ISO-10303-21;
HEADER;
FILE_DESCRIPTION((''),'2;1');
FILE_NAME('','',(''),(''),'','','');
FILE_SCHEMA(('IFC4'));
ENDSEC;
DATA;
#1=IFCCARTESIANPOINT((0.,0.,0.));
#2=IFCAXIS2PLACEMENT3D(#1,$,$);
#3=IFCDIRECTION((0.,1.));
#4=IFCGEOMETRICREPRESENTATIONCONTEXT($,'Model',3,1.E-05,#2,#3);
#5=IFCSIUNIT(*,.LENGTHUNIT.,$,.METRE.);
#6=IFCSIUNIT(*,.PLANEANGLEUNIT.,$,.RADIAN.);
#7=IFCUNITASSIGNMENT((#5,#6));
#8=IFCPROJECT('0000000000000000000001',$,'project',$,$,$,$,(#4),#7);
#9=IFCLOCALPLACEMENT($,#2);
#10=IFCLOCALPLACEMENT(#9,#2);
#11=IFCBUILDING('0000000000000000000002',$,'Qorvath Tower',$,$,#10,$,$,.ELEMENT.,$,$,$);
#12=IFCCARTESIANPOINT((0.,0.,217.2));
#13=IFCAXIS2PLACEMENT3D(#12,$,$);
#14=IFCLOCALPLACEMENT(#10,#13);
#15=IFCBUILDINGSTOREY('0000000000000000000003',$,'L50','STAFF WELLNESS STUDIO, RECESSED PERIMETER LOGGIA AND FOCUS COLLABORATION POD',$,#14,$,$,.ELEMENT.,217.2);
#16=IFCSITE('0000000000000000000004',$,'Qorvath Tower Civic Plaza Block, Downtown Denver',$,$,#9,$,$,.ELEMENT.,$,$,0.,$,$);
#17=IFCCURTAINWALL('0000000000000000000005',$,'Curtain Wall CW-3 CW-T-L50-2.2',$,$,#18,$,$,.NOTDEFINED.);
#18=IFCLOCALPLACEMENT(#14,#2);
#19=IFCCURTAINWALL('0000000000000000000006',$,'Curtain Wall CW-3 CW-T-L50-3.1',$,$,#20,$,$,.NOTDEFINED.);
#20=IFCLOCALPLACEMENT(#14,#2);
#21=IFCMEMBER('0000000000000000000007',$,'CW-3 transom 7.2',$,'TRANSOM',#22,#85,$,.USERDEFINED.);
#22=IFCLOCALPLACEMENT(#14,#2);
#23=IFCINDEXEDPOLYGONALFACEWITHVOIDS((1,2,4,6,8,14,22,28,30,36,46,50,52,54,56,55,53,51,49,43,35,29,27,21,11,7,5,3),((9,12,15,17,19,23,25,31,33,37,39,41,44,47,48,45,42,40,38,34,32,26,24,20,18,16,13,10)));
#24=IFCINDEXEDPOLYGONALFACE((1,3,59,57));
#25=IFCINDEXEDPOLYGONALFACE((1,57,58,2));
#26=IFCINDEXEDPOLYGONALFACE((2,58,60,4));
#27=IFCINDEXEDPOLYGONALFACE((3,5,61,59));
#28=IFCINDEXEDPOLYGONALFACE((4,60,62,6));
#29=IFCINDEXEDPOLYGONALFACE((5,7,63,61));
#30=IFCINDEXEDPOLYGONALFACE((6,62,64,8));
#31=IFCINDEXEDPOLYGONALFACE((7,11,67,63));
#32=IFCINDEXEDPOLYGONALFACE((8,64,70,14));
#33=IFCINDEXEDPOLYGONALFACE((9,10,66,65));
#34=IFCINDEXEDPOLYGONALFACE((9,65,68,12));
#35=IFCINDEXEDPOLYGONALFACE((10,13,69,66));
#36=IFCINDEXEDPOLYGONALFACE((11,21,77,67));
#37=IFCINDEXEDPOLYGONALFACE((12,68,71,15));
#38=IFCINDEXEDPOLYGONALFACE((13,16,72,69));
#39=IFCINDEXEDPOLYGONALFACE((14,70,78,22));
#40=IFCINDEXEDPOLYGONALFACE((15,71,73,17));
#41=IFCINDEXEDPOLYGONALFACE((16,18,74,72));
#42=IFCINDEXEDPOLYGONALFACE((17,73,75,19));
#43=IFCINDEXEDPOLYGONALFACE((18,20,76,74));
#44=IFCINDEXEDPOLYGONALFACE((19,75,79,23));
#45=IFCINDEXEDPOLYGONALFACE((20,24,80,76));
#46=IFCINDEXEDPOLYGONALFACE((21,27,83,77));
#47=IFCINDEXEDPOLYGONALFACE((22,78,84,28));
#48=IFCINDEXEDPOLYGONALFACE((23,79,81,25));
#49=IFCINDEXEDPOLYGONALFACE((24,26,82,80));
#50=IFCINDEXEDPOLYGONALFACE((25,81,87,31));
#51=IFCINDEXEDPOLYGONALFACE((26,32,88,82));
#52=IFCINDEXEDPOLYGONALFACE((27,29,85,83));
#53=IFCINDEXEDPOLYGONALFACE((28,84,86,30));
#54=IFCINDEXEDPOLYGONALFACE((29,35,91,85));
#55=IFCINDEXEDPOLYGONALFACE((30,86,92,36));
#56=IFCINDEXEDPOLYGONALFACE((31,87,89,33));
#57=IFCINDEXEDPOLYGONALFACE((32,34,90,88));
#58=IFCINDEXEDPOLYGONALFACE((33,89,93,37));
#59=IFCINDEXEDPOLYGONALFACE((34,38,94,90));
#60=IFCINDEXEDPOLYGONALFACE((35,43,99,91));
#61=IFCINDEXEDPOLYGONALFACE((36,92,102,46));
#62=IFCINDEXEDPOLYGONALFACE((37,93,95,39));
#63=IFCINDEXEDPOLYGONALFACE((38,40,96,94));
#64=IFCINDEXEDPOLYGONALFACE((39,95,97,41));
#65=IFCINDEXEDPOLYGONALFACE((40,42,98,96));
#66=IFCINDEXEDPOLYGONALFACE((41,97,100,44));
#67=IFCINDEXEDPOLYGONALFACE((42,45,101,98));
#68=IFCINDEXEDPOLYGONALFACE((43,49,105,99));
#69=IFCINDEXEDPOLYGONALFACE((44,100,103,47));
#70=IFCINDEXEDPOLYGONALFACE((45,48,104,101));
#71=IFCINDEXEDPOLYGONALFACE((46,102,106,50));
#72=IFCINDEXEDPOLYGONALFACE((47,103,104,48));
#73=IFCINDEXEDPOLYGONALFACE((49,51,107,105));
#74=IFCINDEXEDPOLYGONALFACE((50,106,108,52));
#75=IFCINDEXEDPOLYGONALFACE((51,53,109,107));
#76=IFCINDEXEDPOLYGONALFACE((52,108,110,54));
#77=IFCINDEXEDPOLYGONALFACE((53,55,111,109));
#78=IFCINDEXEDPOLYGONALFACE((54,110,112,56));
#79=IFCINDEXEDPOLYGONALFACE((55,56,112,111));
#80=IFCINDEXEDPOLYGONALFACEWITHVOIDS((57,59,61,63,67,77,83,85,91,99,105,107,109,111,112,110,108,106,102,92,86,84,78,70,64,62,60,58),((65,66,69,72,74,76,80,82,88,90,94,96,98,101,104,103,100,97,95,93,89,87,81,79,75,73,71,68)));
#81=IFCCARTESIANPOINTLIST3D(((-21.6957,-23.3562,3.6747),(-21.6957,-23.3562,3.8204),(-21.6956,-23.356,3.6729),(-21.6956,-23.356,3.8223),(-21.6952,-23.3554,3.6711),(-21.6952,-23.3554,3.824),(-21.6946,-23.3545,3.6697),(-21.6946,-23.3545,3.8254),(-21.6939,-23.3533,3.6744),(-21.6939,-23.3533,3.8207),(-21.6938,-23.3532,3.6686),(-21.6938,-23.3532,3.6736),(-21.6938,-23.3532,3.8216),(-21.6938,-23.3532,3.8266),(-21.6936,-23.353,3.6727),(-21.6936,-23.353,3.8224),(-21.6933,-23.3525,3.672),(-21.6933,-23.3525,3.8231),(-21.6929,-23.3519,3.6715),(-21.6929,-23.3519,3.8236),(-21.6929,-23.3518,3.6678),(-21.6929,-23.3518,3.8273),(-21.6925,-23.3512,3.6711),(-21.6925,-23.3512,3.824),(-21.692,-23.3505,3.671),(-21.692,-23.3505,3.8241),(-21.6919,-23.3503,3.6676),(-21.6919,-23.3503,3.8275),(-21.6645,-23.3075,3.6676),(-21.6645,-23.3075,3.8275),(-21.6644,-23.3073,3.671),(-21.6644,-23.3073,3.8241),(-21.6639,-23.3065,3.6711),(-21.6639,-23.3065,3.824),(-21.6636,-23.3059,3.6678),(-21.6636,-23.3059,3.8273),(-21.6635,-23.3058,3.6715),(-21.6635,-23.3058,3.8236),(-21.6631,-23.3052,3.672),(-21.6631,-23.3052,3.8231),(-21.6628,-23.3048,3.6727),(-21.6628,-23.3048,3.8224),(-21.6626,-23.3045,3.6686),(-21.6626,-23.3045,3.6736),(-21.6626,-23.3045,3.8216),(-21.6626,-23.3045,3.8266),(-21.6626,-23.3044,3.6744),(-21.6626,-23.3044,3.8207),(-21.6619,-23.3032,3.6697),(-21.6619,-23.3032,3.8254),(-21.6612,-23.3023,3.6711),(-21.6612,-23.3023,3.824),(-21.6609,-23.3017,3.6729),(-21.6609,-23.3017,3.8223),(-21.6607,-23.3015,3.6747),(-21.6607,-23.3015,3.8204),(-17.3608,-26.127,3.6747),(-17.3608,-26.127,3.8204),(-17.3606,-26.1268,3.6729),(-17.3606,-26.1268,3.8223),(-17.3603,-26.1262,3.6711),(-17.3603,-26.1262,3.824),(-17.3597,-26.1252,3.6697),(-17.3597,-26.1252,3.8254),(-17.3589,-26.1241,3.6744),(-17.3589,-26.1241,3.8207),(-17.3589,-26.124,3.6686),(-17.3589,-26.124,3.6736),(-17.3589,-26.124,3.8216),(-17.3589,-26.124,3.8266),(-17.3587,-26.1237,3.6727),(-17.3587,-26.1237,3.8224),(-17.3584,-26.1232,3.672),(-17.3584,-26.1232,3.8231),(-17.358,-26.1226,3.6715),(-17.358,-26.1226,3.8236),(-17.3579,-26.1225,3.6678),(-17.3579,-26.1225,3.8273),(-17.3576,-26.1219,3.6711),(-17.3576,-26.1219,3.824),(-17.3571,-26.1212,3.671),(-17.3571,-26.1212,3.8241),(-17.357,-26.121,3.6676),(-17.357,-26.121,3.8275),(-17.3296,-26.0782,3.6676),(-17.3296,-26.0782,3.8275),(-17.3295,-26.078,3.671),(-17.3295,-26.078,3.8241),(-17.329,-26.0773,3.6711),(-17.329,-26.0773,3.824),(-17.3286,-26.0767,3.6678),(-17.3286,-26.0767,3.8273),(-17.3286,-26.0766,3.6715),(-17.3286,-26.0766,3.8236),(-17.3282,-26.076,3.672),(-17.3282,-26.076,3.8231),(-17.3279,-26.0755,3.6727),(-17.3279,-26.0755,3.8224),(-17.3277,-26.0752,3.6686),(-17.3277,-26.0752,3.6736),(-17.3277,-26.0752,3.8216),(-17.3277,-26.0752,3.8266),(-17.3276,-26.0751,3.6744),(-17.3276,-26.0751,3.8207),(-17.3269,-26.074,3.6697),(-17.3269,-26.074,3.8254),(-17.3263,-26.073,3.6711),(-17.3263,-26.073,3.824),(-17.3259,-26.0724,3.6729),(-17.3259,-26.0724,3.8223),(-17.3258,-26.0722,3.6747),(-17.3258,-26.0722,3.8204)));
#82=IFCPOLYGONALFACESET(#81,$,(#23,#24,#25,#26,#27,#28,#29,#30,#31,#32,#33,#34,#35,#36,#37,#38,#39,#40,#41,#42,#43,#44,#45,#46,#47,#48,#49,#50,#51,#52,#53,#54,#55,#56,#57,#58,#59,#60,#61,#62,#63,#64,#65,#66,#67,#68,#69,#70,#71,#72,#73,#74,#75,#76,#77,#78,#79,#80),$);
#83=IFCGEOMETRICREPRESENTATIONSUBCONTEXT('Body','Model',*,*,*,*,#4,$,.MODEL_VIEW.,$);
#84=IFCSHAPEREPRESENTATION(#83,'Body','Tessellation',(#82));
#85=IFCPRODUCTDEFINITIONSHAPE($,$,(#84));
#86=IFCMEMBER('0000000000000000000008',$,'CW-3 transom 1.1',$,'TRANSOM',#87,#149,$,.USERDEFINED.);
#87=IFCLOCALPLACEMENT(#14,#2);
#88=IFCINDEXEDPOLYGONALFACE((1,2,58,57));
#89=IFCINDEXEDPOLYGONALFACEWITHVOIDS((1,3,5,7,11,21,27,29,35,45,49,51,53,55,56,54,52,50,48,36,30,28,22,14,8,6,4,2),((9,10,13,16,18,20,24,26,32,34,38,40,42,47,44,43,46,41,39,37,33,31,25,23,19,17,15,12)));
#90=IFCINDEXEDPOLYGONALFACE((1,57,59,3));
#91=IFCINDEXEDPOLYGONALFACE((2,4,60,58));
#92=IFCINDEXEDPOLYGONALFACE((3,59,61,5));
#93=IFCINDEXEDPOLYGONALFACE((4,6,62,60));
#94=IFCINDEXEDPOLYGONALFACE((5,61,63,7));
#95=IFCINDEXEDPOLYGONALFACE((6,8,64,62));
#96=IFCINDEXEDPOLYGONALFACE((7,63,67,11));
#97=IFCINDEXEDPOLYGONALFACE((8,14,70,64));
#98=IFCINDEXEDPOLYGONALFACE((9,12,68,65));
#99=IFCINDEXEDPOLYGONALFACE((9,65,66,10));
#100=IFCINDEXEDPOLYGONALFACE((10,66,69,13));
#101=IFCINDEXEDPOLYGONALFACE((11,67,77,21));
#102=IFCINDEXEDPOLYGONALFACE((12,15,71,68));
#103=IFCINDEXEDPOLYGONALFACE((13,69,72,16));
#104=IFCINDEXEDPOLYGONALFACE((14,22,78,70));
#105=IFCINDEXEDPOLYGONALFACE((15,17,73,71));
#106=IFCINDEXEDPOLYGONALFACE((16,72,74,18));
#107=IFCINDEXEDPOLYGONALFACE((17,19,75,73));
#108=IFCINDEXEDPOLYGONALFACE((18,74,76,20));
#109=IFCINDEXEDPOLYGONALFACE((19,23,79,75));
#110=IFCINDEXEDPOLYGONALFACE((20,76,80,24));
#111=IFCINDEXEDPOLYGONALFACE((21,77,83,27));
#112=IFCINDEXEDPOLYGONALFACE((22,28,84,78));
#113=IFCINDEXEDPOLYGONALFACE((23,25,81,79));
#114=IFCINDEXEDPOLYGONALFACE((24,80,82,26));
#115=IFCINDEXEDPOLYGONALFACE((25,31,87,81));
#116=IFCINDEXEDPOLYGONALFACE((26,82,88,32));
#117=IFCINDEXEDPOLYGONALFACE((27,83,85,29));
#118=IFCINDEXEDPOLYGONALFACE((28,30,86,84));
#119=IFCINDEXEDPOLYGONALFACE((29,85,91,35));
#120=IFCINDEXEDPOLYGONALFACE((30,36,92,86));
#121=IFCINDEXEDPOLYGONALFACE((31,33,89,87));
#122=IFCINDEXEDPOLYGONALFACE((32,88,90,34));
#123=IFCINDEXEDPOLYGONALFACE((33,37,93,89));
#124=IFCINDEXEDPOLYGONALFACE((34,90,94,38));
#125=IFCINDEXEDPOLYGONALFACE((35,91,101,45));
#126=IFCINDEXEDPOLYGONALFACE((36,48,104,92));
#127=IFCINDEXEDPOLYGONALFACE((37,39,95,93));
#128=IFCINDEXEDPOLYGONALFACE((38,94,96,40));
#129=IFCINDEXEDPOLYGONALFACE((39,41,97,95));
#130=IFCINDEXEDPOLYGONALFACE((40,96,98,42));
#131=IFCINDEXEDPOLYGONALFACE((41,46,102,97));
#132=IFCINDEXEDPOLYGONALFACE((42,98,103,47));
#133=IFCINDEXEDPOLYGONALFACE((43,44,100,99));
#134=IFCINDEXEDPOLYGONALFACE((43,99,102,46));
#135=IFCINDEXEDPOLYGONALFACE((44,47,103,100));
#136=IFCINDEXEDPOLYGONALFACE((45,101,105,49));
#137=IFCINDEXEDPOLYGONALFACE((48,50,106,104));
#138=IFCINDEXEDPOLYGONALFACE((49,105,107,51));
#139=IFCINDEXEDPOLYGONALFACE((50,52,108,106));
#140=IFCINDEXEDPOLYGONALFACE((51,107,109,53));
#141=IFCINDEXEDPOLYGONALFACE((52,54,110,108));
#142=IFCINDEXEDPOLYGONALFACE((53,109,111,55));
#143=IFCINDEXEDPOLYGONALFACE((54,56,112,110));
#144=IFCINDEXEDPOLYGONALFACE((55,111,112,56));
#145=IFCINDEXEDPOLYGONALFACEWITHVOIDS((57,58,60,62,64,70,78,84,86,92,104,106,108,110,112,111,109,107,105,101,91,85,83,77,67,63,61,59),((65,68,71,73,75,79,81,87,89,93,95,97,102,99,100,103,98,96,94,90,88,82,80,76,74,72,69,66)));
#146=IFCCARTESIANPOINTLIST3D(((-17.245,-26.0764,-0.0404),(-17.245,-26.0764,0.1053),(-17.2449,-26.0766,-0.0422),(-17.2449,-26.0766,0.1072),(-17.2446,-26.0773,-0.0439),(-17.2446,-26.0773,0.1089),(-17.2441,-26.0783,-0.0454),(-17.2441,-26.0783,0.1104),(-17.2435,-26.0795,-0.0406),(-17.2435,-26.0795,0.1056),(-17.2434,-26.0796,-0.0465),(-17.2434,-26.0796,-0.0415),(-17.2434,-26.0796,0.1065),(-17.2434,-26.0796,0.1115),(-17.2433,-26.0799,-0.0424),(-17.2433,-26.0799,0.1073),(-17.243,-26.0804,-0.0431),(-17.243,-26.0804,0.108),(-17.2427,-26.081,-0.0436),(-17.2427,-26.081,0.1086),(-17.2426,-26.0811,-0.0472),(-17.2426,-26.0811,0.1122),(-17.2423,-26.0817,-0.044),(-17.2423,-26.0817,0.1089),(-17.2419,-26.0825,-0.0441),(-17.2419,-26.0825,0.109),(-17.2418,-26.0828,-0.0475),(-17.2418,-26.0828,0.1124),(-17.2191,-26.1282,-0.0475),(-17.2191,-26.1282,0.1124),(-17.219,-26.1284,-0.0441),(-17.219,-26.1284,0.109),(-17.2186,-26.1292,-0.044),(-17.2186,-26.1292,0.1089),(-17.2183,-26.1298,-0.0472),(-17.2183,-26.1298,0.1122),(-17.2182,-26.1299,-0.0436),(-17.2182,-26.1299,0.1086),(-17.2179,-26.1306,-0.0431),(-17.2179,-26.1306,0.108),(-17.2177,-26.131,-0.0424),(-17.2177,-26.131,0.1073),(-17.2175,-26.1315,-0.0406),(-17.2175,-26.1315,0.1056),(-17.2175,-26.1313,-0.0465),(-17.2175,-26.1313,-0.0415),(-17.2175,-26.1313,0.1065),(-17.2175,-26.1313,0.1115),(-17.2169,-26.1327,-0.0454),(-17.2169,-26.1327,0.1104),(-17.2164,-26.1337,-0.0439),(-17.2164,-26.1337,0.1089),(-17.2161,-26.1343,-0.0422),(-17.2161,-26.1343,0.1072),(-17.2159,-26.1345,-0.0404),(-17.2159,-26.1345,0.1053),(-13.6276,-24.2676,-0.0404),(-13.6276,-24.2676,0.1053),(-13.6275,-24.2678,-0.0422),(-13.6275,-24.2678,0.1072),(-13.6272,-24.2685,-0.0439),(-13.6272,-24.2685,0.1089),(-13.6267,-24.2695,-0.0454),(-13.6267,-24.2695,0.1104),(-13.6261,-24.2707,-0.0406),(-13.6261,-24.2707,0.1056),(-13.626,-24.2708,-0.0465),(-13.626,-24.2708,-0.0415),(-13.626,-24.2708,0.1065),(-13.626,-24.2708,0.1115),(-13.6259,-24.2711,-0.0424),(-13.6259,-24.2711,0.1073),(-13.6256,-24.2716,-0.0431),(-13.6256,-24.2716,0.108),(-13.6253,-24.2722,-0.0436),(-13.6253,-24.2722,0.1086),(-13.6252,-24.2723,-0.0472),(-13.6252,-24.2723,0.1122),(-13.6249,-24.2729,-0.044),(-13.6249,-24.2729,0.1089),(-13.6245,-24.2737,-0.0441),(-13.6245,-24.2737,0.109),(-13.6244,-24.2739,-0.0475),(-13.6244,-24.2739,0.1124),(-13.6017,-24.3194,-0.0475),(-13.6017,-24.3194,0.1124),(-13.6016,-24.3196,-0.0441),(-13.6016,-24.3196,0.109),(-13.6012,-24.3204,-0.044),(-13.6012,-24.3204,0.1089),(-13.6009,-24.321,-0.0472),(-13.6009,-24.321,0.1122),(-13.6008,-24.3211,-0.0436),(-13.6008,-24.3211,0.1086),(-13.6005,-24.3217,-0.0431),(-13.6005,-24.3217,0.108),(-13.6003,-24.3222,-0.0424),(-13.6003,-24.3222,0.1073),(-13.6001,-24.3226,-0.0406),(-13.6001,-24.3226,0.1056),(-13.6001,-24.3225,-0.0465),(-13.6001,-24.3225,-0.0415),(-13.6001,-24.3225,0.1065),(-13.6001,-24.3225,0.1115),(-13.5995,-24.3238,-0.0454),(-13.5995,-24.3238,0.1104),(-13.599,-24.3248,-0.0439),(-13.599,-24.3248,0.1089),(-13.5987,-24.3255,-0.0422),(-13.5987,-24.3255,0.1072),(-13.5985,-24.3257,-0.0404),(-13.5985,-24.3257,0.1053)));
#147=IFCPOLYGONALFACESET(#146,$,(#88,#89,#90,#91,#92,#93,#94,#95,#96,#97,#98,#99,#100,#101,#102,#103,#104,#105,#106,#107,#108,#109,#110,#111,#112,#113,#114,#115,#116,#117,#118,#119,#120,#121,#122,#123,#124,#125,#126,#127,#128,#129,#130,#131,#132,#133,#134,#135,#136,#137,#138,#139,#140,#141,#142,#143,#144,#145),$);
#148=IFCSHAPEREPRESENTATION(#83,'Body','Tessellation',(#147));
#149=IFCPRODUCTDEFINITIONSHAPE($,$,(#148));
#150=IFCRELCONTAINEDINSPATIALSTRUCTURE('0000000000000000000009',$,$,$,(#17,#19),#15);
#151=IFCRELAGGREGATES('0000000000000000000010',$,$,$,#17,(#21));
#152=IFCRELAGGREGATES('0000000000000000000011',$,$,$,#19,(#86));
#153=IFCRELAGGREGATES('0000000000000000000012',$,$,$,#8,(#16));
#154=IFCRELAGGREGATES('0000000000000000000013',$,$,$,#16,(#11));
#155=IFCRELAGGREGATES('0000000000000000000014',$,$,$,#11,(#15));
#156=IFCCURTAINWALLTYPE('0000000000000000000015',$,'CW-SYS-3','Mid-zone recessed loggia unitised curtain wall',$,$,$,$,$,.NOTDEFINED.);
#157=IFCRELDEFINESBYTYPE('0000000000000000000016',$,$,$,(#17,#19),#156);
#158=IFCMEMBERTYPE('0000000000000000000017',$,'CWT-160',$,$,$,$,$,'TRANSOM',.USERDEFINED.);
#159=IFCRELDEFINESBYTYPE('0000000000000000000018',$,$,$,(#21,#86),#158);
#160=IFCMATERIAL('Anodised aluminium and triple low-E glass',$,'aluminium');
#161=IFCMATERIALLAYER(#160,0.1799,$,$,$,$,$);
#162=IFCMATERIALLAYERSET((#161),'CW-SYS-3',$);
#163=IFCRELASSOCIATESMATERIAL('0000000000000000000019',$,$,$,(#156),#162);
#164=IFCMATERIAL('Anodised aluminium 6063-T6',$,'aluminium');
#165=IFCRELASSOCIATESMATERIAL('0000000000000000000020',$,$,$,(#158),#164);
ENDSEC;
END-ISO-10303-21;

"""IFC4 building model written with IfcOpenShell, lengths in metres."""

from ifc_helpers import new_model, si_unit, direction, frame, origin, origin_2d, place, context, subcontext, project, spatial, hollow_rectangle, extrude, material, layer, layer_set, material_profile, profile_set, type_object, element, aggregate, save


model = new_model("IFC4")

# Units and contexts
model_context = context("Model", 3, precision=1e-05, world=origin(), true_north=direction((0.0, 1.0)))
body_context = subcontext(model_context, "Body", "Model", "MODEL_VIEW")
ifc_project = project(units=[si_unit("LENGTHUNIT", "METRE"), si_unit("PLANEANGLEUNIT", "RADIAN")], contexts=[model_context])

# Site, building, storey
site_placement = place(None, origin())
site = spatial("IfcSite", under=ifc_project, at=site_placement, Name="Qorvath Tower Civic Plaza Block, Downtown Denver", CompositionType="ELEMENT", RefElevation=0.0)
building_placement = place(site_placement, origin())
building = spatial("IfcBuilding", under=site, at=building_placement, Name="Qorvath Tower", CompositionType="ELEMENT")
storey_placement = place(building_placement, frame((0.0, 0.0, 217.2)))
storey = spatial("IfcBuildingStorey", under=building, at=storey_placement, Name="L50", Description="STAFF WELLNESS STUDIO, RECESSED PERIMETER LOGGIA AND FOCUS COLLABORATION POD", CompositionType="ELEMENT", Elevation=217.2)

# Curtain walls
ifc_material_1 = material(Name="Anodised aluminium and triple low-E glass", Category="aluminium")
ifc_layer_1 = layer(ifc_material_1, 0.1799)
ifc_layer_set_1 = layer_set([ifc_layer_1], Name="CW-SYS-3")
curtain_wall_type = type_object("IfcCurtainWallType", Name="CW-SYS-3", Description="Mid-zone recessed loggia unitised curtain wall", PredefinedType="NOTDEFINED", material=ifc_layer_set_1)
curtain_wall_1_placement = place(storey_placement, origin())
curtain_wall_1 = element("IfcCurtainWall", 1, at=curtain_wall_1_placement, inside=storey, type_object=curtain_wall_type, Name="Curtain Wall CW-3 CW-T-L50-2.2", PredefinedType="NOTDEFINED")
curtain_wall_2_placement = place(storey_placement, origin())
curtain_wall_2 = element("IfcCurtainWall", 2, at=curtain_wall_2_placement, inside=storey, type_object=curtain_wall_type, Name="Curtain Wall CW-3 CW-T-L50-3.1", PredefinedType="NOTDEFINED")

# Members
ifc_material_2 = material(Name="Anodised aluminium 6063-T6", Category="aluminium")
ifc_material_profile_1 = material_profile(ifc_material_2, hollow_rectangle(XDim=0.0649, YDim=0.1599, WallThickness=0.0034, InnerFilletRadius=0.0034, OuterFilletRadius=0.0071, at=origin_2d()), Name="CWT 160x65")
ifc_profile_set_1 = profile_set([ifc_material_profile_1], Name="Anodised aluminium 6063-T6")
member_type_1 = type_object("IfcMemberType", Name="CWT-160", ElementType="TRANSOM", PredefinedType="USERDEFINED", material=ifc_profile_set_1)
member_1_placement = place(storey_placement, frame((-21.6782, -23.3289, 3.7476), z_axis=(0.842591, -0.538554, 0.0), x_axis=(0.538554, 0.842591, 0.0)))
member_1 = element("IfcMember", 3, at=member_1_placement, type_object=member_type_1, Name="CW-3 transom 7.2", ObjectType="TRANSOM", PredefinedType="USERDEFINED", context=body_context, shape_type="SweptSolid", body=[
    extrude(hollow_rectangle(XDim=0.0649, YDim=0.1599, WallThickness=0.0034, InnerFilletRadius=0.0034, OuterFilletRadius=0.0071, at=origin_2d()), origin(), (0.0, 0.0, 1.0), 5.1448),
])
member_2_placement = place(storey_placement, frame((-17.2305, -26.1055, 0.0325), z_axis=(0.894415, 0.447238, 0.0), x_axis=(-0.447238, 0.894415, 0.0)))
member_2 = element("IfcMember", 4, at=member_2_placement, type_object=member_type_1, Name="CW-3 transom 1.1", ObjectType="TRANSOM", PredefinedType="USERDEFINED", context=body_context, shape_type="SweptSolid", body=[
    extrude(hollow_rectangle(XDim=0.0649, YDim=0.1599, WallThickness=0.0034, InnerFilletRadius=0.0034, OuterFilletRadius=0.0071, at=origin_2d()), origin(), (0.0, 0.0, 1.0), 4.0444),
])

aggregate(curtain_wall_1, [member_1])
aggregate(curtain_wall_2, [member_2])

save(model, "model.ifc")
